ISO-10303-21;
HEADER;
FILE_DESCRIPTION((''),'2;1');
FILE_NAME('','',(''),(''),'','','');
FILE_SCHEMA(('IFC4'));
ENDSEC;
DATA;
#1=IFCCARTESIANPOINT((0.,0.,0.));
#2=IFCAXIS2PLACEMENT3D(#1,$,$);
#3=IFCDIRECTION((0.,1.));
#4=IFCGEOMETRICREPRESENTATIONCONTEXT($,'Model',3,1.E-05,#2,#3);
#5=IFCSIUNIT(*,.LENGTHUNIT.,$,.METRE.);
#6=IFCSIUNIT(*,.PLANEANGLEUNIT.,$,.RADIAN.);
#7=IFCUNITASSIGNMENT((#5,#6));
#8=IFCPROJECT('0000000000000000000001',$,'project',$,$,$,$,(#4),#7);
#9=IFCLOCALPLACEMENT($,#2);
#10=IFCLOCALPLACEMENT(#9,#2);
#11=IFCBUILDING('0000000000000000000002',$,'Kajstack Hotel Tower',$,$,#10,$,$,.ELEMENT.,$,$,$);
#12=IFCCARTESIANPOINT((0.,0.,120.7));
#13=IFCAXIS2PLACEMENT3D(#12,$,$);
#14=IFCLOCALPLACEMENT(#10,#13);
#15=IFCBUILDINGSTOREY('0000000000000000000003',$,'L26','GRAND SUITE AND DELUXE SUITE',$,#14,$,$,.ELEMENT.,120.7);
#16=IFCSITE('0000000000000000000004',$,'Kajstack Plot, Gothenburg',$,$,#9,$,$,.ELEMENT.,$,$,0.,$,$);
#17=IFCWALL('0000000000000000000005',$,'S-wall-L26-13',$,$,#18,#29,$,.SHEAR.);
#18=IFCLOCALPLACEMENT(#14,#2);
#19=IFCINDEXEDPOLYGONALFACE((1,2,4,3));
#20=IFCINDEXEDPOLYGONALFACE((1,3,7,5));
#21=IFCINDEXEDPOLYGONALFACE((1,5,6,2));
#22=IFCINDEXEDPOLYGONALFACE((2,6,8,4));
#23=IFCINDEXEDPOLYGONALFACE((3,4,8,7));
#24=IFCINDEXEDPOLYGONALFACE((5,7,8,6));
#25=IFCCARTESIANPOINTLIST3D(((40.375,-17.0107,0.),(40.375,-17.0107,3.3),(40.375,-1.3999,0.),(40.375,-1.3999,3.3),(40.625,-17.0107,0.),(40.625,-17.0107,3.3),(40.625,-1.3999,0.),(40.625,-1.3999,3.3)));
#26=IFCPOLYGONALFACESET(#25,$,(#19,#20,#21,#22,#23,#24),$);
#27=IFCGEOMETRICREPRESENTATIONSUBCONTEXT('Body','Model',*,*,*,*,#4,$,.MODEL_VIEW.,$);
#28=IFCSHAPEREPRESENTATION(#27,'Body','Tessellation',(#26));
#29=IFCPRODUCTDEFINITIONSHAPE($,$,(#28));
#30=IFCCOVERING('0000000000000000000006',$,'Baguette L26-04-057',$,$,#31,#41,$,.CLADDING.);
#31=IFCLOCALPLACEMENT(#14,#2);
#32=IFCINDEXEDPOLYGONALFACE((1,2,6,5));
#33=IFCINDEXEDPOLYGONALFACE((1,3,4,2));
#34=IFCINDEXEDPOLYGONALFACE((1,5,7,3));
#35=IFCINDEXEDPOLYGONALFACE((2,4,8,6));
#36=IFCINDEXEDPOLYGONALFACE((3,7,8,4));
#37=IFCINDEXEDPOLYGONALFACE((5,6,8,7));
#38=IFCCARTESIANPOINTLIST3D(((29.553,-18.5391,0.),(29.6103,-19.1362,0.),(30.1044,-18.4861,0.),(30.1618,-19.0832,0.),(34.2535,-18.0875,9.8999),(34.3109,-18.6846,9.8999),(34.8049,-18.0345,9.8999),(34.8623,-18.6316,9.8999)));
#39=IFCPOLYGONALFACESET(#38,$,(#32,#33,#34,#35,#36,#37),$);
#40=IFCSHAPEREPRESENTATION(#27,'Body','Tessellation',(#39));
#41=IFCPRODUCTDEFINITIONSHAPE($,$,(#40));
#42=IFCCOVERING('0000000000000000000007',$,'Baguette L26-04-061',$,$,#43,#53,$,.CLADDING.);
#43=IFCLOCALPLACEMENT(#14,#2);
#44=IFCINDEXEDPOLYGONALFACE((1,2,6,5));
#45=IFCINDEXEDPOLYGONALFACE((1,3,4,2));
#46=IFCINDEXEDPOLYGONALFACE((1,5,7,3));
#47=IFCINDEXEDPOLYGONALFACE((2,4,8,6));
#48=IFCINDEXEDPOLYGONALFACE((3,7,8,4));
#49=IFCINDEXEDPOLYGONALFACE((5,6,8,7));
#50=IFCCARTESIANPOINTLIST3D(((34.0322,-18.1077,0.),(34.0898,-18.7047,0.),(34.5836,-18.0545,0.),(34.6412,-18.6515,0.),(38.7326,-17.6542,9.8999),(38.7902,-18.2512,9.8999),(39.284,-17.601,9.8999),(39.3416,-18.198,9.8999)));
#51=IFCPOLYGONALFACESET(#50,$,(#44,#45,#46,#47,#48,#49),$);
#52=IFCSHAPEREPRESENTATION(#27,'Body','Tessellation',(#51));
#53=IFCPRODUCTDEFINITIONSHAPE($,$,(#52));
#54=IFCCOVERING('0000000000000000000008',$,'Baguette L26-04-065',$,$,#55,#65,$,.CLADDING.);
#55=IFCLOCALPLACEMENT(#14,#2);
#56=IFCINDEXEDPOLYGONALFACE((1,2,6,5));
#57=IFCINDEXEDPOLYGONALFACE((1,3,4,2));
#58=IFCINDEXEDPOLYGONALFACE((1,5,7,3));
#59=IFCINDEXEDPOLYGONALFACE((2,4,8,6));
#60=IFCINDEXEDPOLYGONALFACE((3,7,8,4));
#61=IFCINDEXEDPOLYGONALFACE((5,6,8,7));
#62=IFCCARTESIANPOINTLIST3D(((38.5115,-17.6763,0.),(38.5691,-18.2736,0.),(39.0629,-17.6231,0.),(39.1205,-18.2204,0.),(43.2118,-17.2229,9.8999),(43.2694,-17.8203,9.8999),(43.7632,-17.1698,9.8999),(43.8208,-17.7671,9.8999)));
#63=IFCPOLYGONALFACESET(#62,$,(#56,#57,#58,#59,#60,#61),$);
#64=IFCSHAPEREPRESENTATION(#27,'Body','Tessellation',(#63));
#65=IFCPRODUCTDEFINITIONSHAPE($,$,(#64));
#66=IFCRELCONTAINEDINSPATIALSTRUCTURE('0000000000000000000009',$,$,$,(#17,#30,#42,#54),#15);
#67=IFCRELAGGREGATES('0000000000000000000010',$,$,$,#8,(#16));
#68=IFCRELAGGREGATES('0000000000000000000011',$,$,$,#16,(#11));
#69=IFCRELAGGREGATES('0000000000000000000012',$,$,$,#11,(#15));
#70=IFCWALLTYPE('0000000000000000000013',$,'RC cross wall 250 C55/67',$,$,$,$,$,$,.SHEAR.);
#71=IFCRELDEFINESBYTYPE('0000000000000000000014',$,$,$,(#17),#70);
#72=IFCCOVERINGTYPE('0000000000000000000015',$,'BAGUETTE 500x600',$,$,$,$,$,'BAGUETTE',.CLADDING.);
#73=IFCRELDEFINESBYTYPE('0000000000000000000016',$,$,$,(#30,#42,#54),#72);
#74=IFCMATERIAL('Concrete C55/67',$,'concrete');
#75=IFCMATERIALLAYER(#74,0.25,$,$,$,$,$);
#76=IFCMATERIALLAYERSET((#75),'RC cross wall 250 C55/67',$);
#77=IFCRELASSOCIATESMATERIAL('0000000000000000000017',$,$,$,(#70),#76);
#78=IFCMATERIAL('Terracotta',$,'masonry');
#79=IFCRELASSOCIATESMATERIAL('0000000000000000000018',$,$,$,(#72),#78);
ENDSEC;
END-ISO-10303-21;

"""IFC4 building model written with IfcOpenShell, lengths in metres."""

from ifc_helpers import new_model, si_unit, direction, frame, frame_2d, origin, origin_2d, place, context, subcontext, project, spatial, polyline, rectangle, outline, extrude, material, layer, layer_set, material_profile, profile_set, type_object, element, save


model = new_model("IFC4")

# Units and contexts
model_context = context("Model", 3, precision=1e-05, world=origin(), true_north=direction((0.0, 1.0)))
body_context = subcontext(model_context, "Body", "Model", "MODEL_VIEW")
ifc_project = project(units=[si_unit("LENGTHUNIT", "METRE"), si_unit("PLANEANGLEUNIT", "RADIAN")], contexts=[model_context])

# Site, building, storey
site_placement = place(None, origin())
site = spatial("IfcSite", under=ifc_project, at=site_placement, Name="Kajstack Plot, Gothenburg", CompositionType="ELEMENT", RefElevation=0.0)
building_placement = place(site_placement, origin())
building = spatial("IfcBuilding", under=site, at=building_placement, Name="Kajstack Hotel Tower", CompositionType="ELEMENT")
storey_placement = place(building_placement, frame((0.0, 0.0, 120.7)))
storey = spatial("IfcBuildingStorey", under=building, at=storey_placement, Name="L26", Description="GRAND SUITE AND DELUXE SUITE", CompositionType="ELEMENT", Elevation=120.7)

# Wall
ifc_material_1 = material(Name="Concrete C55/67", Category="concrete")
ifc_layer_1 = layer(ifc_material_1, 0.25)
ifc_layer_set_1 = layer_set([ifc_layer_1], Name="RC cross wall 250 C55/67")
wall_type_1 = type_object("IfcWallType", Name="RC cross wall 250 C55/67", PredefinedType="SHEAR", material=ifc_layer_set_1)
wall_1_placement = place(storey_placement, frame((40.5, -17.0107, 0.0), z_axis=(0.0, 0.0, 1.0), x_axis=(0.0, 1.0, 0.0)))
element("IfcWall", 1, at=wall_1_placement, inside=storey, type_object=wall_type_1, Name="S-wall-L26-13", PredefinedType="SHEAR", context=body_context, shape_type="SweptSolid", body=[
    extrude(rectangle(XDim=15.6108, YDim=0.25, at=frame_2d((7.8054, 0.0))), origin(), (0.0, 0.0, 1.0), 3.3),
])

# Coverings
ifc_material_2 = material(Name="Terracotta", Category="masonry")
ifc_material_profile = material_profile(ifc_material_2, rectangle(XDim=0.6001, YDim=0.5, at=origin_2d()), Name="Terracotta-clad concrete baguette 500 x 600")
ifc_profile_set = profile_set([ifc_material_profile], Name="Terracotta")
covering_type = type_object("IfcCoveringType", Name="BAGUETTE 500x600", ElementType="BAGUETTE", PredefinedType="CLADDING", material=ifc_profile_set)
for number, where, z_axis, x_axis, name in (
    (2, (29.553, -18.5391, 0.0), (0.095635, -0.995416, 0.0), (0.995416, 0.095635, 0.0), "Baguette L26-04-057"),
    (3, (34.0322, -18.1077, 0.0), (0.096038, -0.995378, 0.0), (0.995378, 0.096038, 0.0), "Baguette L26-04-061"),
):
    element("IfcCovering", number, at=place(storey_placement, frame(where, z_axis=z_axis, x_axis=x_axis)), inside=storey, type_object=covering_type, Name=name, PredefinedType="CLADDING", context=body_context, shape_type="SweptSolid", body=[
        extrude(outline(polyline([(4.7222, 9.8999), (0.0, 0.0), (0.554, 0.0), (5.2761, 9.8999), (4.7222, 9.8999)])), origin(), (0.0, 0.0, 1.0), 0.5999),
    ])
covering_placement = place(storey_placement, frame((38.5115, -17.6763, 0.0), z_axis=(0.095999, -0.995381, 0.0), x_axis=(0.995381, 0.095999, 0.0)))
element("IfcCovering", 4, at=covering_placement, inside=storey, type_object=covering_type, Name="Baguette L26-04-065", PredefinedType="CLADDING", context=body_context, shape_type="SweptSolid", body=[
    extrude(outline(polyline([(4.7222, 9.8999), (0.0, 0.0), (0.554, 0.0), (5.2761, 9.8999), (4.7222, 9.8999)])), origin(), (0.0, 0.0, 1.0), 0.6001),
])

save(model, "model.ifc")
